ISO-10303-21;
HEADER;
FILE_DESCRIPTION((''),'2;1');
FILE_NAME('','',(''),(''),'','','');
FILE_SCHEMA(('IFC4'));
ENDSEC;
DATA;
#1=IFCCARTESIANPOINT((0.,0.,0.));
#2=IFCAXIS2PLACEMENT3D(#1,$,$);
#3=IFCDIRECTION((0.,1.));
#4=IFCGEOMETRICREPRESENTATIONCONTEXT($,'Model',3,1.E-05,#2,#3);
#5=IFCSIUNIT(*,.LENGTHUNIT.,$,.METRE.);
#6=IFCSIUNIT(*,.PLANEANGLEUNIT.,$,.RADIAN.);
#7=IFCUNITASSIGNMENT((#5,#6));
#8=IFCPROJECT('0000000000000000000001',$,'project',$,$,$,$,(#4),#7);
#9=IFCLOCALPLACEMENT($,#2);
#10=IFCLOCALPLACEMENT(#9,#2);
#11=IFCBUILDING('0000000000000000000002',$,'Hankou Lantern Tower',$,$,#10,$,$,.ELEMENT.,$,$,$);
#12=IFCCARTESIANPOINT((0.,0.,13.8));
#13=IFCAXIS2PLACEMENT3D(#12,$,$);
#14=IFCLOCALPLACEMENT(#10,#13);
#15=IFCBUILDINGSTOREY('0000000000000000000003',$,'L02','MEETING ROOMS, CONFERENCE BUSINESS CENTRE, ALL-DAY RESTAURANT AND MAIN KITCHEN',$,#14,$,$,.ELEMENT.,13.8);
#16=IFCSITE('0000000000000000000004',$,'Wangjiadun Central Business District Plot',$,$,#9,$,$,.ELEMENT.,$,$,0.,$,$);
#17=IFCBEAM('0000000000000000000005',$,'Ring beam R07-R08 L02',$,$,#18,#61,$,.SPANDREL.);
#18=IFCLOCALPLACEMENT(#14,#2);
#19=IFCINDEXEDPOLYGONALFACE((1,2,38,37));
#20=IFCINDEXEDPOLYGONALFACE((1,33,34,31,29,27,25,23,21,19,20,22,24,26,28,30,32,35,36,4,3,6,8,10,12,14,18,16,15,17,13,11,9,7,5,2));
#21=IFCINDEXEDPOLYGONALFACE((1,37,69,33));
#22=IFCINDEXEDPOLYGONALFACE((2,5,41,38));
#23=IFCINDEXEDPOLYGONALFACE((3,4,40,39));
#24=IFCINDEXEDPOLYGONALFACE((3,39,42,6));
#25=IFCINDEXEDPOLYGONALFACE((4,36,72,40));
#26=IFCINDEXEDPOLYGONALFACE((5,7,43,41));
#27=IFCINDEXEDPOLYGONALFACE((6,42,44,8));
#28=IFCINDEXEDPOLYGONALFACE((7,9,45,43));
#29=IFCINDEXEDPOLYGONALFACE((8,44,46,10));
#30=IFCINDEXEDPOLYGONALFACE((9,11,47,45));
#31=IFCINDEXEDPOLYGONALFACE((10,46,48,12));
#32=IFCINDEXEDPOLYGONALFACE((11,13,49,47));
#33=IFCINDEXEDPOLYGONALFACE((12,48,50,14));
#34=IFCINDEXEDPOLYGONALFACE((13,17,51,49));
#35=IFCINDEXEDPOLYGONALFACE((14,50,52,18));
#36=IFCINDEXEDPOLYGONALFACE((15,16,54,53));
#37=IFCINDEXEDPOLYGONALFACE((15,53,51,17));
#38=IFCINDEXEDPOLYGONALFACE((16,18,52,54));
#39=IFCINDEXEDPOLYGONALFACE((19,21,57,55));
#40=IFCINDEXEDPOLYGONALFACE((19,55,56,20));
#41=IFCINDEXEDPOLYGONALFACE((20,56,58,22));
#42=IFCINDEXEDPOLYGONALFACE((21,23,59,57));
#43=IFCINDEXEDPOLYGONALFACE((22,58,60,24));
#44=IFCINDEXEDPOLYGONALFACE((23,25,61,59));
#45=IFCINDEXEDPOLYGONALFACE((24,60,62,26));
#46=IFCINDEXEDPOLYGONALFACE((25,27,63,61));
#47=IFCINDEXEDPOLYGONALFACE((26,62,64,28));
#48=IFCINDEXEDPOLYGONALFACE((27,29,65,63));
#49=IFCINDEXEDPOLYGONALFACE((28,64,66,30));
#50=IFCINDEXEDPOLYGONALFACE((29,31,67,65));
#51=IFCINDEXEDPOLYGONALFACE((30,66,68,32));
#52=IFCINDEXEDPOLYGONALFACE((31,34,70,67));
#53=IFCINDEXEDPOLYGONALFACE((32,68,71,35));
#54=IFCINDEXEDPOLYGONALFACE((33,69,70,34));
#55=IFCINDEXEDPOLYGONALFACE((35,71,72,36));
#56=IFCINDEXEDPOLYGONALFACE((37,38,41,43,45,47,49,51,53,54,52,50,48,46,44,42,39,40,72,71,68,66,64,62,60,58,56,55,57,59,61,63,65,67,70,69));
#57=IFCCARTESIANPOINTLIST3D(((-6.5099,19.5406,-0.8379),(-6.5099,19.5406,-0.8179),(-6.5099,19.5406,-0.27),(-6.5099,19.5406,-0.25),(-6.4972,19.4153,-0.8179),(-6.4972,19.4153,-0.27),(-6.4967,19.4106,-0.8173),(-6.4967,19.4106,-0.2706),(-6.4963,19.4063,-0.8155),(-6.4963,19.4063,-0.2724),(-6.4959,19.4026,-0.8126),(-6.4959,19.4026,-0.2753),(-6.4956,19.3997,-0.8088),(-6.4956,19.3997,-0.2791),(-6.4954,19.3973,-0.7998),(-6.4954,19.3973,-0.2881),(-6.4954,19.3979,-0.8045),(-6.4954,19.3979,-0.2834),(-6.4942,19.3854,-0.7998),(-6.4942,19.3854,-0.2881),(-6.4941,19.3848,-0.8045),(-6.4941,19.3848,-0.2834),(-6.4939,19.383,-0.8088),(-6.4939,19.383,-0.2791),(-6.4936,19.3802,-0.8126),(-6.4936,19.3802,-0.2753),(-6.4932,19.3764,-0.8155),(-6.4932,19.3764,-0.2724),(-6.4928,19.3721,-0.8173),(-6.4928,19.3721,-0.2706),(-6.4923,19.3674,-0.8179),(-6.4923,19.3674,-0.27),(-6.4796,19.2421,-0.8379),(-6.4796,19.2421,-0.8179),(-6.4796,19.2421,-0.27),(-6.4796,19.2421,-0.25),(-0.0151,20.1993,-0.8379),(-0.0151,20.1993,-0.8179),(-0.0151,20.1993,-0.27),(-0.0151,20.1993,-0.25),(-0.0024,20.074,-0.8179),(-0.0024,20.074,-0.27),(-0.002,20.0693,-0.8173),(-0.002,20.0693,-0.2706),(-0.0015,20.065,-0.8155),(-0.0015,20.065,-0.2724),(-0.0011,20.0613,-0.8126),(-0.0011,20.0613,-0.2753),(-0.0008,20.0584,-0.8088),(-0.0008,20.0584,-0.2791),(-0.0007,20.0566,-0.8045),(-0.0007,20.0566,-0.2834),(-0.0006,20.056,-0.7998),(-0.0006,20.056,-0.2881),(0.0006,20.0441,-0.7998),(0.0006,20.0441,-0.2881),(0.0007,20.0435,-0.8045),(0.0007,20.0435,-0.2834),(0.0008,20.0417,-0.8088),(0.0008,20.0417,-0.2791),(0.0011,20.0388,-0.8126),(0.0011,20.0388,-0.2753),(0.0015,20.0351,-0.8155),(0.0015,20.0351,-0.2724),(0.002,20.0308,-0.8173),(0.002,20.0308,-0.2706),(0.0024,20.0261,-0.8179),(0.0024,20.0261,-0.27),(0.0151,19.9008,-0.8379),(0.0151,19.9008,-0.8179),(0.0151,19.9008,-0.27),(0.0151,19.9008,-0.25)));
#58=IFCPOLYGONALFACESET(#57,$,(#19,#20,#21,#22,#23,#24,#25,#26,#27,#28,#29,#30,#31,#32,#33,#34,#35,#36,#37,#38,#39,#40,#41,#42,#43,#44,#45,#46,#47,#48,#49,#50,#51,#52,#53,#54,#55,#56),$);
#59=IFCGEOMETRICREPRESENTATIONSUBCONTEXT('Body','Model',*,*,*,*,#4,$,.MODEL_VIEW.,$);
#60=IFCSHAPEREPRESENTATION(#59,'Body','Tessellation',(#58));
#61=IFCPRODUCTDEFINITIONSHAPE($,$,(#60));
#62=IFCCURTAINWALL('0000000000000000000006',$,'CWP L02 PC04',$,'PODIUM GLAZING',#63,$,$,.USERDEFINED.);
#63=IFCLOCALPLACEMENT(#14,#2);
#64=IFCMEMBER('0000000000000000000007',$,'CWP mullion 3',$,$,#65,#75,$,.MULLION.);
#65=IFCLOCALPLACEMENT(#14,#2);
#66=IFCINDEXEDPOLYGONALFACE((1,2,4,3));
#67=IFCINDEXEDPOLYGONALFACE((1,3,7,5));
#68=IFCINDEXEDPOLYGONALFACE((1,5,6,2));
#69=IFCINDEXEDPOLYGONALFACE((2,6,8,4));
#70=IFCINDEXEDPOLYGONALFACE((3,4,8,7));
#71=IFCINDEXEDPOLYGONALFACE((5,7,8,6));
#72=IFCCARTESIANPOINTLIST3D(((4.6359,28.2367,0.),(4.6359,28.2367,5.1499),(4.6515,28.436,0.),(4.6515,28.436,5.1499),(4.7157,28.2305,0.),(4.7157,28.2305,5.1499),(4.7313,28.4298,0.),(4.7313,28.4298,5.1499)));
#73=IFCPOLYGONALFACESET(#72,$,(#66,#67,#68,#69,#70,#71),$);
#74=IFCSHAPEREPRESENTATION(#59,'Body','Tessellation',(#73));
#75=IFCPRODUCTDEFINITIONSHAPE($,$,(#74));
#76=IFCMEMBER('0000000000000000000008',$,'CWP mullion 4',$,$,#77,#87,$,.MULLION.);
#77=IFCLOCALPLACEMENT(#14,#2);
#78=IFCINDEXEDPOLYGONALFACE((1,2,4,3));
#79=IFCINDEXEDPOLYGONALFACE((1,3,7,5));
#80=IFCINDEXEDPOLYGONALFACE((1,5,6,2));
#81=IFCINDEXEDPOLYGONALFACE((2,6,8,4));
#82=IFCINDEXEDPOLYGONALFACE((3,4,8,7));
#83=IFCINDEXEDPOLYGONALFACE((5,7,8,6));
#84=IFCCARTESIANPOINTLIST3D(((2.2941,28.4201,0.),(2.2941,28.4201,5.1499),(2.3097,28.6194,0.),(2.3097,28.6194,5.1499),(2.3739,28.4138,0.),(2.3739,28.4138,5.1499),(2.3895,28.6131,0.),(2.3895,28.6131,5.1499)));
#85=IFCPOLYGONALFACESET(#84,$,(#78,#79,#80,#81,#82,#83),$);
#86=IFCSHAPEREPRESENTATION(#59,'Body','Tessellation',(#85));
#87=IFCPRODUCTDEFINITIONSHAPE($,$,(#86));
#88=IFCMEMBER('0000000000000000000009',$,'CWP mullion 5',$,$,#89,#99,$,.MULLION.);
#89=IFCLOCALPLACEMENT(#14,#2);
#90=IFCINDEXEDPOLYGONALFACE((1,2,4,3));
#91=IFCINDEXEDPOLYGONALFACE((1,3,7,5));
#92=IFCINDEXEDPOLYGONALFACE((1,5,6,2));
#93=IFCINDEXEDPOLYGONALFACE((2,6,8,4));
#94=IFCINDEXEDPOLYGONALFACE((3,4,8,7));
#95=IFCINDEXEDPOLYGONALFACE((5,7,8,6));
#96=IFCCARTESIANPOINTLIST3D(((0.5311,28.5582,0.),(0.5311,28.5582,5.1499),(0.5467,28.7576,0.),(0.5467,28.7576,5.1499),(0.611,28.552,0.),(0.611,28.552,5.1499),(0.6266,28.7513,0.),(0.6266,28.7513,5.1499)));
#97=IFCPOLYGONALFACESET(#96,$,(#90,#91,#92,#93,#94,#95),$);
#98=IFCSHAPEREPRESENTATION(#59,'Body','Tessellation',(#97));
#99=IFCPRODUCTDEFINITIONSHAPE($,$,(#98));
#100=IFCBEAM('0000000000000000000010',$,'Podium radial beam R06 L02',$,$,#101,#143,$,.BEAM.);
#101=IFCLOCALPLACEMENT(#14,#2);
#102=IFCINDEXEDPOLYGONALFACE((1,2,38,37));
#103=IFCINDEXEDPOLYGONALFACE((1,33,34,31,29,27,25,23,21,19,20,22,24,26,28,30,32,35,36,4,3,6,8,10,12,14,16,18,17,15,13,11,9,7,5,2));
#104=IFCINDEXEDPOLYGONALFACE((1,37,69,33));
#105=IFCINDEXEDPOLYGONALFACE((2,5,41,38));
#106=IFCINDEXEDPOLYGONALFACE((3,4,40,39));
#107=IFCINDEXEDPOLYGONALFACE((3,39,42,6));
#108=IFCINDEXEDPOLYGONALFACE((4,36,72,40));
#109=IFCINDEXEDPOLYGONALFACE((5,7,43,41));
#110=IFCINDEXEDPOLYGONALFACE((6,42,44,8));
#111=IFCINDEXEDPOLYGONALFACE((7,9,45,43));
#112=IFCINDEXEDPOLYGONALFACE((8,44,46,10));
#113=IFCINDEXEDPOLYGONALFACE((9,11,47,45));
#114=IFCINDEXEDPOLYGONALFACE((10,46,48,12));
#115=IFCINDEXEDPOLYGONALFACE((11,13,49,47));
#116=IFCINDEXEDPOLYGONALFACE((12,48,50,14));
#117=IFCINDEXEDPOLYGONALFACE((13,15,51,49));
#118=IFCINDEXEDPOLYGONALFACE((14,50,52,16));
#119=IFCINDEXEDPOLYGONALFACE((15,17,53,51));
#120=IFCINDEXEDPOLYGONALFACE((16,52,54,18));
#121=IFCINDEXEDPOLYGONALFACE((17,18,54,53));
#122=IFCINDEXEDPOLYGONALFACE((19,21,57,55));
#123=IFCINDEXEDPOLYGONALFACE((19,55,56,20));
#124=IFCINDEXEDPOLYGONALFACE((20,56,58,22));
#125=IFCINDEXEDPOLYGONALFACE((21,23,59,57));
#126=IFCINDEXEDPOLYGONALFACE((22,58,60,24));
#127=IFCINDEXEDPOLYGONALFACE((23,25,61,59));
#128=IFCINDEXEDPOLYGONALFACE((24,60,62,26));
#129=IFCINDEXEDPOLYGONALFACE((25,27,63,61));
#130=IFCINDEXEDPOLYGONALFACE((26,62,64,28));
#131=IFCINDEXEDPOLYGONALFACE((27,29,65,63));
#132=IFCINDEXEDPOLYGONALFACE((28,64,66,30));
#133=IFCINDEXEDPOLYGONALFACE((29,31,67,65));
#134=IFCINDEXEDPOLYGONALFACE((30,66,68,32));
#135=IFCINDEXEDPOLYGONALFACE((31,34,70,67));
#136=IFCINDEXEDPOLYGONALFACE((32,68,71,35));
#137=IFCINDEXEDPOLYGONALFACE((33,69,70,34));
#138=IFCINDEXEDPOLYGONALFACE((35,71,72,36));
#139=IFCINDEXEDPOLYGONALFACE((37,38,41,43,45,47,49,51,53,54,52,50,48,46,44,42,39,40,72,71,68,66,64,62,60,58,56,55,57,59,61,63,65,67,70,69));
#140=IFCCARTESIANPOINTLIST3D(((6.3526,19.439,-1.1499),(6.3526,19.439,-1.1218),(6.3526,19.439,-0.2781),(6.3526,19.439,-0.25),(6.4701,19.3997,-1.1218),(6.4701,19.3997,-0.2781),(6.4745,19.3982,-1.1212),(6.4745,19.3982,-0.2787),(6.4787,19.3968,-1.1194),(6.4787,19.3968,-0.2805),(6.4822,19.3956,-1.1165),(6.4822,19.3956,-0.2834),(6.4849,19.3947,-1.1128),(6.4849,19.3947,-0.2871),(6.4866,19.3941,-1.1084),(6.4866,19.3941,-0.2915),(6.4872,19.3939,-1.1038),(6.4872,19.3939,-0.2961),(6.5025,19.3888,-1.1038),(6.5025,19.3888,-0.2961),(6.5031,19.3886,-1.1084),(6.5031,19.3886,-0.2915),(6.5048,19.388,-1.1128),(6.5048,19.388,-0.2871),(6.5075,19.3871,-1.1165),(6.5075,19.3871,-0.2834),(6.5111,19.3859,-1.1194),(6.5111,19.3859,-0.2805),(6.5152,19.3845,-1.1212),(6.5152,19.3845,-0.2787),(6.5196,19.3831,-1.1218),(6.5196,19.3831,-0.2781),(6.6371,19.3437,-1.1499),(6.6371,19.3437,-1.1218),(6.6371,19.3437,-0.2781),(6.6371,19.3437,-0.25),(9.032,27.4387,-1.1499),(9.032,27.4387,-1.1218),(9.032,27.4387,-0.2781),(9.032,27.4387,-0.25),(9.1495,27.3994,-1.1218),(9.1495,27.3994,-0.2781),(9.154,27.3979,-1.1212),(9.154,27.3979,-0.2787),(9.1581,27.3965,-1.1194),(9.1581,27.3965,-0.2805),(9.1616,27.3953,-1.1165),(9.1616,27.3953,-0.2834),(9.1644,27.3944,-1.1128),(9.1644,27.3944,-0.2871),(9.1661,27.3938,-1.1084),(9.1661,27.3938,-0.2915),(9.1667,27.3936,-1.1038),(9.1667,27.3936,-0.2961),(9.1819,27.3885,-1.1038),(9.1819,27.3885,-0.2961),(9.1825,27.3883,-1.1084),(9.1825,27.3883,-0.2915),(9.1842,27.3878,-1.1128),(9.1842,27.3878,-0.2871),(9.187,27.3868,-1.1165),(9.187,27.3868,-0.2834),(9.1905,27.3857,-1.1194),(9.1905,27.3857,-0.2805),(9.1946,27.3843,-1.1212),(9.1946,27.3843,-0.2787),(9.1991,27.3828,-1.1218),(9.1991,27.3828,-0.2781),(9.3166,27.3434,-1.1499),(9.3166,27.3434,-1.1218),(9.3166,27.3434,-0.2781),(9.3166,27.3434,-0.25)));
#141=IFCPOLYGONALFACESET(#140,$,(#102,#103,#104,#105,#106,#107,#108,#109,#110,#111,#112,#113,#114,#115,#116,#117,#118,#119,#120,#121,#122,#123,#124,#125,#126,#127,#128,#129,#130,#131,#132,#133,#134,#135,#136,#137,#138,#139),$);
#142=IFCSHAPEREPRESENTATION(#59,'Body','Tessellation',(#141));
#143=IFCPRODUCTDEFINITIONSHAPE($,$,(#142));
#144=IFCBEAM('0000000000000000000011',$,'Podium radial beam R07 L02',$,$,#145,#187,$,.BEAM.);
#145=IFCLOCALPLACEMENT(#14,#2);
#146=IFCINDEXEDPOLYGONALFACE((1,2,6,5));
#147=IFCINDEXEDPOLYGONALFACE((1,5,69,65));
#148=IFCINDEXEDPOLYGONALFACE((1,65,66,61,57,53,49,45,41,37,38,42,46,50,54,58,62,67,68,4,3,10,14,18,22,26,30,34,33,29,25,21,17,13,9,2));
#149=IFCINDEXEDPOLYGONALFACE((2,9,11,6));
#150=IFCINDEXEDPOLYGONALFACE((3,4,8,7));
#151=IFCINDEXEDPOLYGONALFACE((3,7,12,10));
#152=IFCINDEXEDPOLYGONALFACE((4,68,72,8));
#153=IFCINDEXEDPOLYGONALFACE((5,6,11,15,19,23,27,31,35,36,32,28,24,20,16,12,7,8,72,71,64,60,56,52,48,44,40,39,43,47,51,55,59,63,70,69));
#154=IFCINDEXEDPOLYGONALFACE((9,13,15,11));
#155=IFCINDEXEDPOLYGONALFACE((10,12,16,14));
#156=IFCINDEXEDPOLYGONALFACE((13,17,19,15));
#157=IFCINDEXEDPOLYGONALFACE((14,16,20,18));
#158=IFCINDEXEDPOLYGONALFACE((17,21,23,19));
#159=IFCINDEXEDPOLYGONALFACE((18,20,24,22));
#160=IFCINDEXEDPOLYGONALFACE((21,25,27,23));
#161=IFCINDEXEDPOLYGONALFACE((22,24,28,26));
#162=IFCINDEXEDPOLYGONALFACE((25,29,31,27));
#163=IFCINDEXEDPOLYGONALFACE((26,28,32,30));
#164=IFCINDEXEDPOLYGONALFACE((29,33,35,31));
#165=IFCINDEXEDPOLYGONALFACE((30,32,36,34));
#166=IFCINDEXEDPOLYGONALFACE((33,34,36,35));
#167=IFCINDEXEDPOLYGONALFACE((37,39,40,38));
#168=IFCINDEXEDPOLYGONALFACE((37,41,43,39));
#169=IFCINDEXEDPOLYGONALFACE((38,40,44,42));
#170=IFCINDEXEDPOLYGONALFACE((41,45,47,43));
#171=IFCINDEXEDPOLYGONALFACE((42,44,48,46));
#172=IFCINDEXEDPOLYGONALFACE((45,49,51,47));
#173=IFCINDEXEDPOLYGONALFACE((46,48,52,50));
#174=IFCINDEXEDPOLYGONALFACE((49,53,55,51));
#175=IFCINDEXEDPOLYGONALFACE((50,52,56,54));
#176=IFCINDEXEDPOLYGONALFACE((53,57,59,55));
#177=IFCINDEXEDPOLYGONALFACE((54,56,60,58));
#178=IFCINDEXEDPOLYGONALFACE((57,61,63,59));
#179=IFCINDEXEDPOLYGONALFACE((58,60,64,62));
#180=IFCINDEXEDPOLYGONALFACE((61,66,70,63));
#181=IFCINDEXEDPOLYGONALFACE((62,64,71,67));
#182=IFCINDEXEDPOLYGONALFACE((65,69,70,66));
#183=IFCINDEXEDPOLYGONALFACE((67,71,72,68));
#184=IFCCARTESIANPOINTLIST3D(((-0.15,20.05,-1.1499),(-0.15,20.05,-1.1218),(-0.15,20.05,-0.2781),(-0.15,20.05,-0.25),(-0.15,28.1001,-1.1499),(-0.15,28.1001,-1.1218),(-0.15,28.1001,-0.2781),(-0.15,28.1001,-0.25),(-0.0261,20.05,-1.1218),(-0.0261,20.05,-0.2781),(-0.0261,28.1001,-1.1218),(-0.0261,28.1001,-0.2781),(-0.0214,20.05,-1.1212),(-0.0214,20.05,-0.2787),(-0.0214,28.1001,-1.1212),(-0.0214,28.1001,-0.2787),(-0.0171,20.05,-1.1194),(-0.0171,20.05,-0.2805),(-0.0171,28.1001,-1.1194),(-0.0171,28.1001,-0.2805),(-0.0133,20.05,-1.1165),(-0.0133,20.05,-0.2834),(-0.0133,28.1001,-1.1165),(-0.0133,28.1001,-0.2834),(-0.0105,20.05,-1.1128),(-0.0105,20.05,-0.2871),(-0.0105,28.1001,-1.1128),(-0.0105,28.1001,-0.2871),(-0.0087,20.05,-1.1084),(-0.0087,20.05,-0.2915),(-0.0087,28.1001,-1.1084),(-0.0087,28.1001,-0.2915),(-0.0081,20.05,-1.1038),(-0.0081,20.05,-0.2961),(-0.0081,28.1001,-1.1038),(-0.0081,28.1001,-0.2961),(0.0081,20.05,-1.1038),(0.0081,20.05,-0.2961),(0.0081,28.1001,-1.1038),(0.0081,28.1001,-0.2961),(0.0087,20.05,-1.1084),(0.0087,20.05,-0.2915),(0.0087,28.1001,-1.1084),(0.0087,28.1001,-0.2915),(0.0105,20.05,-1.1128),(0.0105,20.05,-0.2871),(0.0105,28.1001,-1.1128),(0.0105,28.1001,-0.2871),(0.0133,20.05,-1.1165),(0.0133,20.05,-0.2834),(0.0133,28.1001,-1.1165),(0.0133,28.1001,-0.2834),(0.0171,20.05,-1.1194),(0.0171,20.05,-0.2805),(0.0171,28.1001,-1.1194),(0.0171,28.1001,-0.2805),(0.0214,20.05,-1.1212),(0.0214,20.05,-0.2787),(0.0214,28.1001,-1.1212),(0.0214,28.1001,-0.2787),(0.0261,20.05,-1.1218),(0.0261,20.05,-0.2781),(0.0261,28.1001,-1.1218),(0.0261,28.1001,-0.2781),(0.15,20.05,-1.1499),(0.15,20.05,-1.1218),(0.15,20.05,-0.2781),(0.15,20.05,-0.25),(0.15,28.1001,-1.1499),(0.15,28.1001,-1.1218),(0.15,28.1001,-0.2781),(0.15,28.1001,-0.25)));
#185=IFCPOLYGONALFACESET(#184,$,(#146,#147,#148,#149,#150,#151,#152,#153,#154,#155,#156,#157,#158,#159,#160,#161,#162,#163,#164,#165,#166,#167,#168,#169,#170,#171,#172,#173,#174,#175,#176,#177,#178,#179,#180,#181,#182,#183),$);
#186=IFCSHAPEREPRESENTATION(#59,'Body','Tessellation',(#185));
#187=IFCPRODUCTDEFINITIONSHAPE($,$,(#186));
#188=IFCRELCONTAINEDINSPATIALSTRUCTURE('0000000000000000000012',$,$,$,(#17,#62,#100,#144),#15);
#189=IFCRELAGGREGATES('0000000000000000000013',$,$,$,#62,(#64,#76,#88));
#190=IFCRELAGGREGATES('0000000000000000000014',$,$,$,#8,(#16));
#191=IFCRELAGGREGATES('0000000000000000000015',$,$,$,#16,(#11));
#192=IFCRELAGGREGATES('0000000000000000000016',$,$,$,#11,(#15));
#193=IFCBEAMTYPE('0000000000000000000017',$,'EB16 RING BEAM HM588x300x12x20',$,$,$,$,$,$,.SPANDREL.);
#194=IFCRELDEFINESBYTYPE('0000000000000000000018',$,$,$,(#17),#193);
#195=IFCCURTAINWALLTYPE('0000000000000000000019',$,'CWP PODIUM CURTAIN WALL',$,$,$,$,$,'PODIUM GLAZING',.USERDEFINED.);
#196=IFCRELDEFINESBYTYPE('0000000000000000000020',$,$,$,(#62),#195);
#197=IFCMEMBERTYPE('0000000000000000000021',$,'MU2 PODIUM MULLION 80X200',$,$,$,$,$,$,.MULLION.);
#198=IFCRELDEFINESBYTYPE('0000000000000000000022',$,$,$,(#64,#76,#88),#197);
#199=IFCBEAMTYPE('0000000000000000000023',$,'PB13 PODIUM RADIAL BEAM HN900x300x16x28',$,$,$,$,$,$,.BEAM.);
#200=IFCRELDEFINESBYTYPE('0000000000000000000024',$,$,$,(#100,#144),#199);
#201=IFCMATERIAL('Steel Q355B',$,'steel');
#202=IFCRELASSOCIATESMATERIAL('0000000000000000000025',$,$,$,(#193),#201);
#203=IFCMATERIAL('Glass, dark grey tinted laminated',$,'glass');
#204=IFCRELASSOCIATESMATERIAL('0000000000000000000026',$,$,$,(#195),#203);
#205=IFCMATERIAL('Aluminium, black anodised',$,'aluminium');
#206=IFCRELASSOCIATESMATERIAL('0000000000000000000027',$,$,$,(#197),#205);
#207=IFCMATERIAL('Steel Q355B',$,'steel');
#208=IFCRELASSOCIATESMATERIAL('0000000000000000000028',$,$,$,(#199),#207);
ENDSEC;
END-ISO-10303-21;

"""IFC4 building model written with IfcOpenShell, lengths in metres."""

from ifc_helpers import new_model, si_unit, direction, frame, origin, origin_2d, place, context, subcontext, project, spatial, rectangle, i_section, extrude, material, material_profile, profile_set, type_object, element, aggregate, save


model = new_model("IFC4")

# Units and contexts
model_context = context("Model", 3, precision=1e-05, world=origin(), true_north=direction((0.0, 1.0)))
body_context = subcontext(model_context, "Body", "Model", "MODEL_VIEW")
ifc_project = project(units=[si_unit("LENGTHUNIT", "METRE"), si_unit("PLANEANGLEUNIT", "RADIAN")], contexts=[model_context])

# Site, building, storey
site_placement = place(None, origin())
site = spatial("IfcSite", under=ifc_project, at=site_placement, Name="Wangjiadun Central Business District Plot", CompositionType="ELEMENT", RefElevation=0.0)
building_placement = place(site_placement, origin())
building = spatial("IfcBuilding", under=site, at=building_placement, Name="Hankou Lantern Tower", CompositionType="ELEMENT")
storey_placement = place(building_placement, frame((0.0, 0.0, 13.8)))
storey = spatial("IfcBuildingStorey", under=building, at=storey_placement, Name="L02", Description="MEETING ROOMS, CONFERENCE BUSINESS CENTRE, ALL-DAY RESTAURANT AND MAIN KITCHEN", CompositionType="ELEMENT", Elevation=13.8)

# Beam
ifc_material_1 = material(Name="Steel Q355B", Category="steel")
ifc_material_profile_1 = material_profile(ifc_material_1, i_section(OverallWidth=0.3, OverallDepth=0.5879, WebThickness=0.012, FlangeThickness=0.02, FilletRadius=0.0181, at=origin_2d()), Name="HM588x300x12x20")
ifc_profile_set_1 = profile_set([ifc_material_profile_1], Name="Steel Q355B")
beam_type_1 = type_object("IfcBeamType", Name="EB16 RING BEAM HM588x300x12x20", PredefinedType="SPANDREL", material=ifc_profile_set_1)
for number, where, z_axis, x_axis, name in (
    (1, (0.0, 20.05, -0.5439), (-0.994897, -0.1009, 0.0), (0.1009, -0.994897, 0.0), "Ring beam R07-R08 L02"),
):
    element("IfcBeam", number, at=place(storey_placement, frame(where, z_axis=z_axis, x_axis=x_axis)), inside=storey, type_object=beam_type_1, Name=name, PredefinedType="SPANDREL", context=body_context, shape_type="SweptSolid", body=[
        extrude(i_section(OverallWidth=0.3, OverallDepth=0.5879, WebThickness=0.012, FlangeThickness=0.02, FilletRadius=0.0181, at=origin_2d()), origin(), (0.0, 0.0, 1.0), 6.5281),
    ])

# Curtain wall, members
ifc_material_2 = material(Name="Glass, dark grey tinted laminated", Category="glass")
curtain_wall_type = type_object("IfcCurtainWallType", Name="CWP PODIUM CURTAIN WALL", ElementType="PODIUM GLAZING", PredefinedType="USERDEFINED", material=ifc_material_2)
curtain_wall_placement = place(storey_placement, origin())
curtain_wall = element("IfcCurtainWall", 2, at=curtain_wall_placement, inside=storey, type_object=curtain_wall_type, Name="CWP L02 PC04", ObjectType="PODIUM GLAZING", PredefinedType="USERDEFINED")
ifc_material_3 = material(Name="Aluminium, black anodised", Category="aluminium")
ifc_material_profile_2 = material_profile(ifc_material_3, rectangle(XDim=0.0801, YDim=0.2, at=origin_2d()), Name="MU2 80X200")
ifc_profile_set_2 = profile_set([ifc_material_profile_2], Name="Aluminium, black anodised")
member_type_1 = type_object("IfcMemberType", Name="MU2 PODIUM MULLION 80X200", PredefinedType="MULLION", material=ifc_profile_set_2)
member_1_placement = place(storey_placement, frame((4.6836, 28.3333, 0.0), z_axis=(0.0, 0.0, 1.0), x_axis=(-0.996949, 0.078062, 0.0)))
member_1 = element("IfcMember", 3, at=member_1_placement, type_object=member_type_1, Name="CWP mullion 3", PredefinedType="MULLION", context=body_context, shape_type="SweptSolid", body=[
    extrude(rectangle(XDim=0.0801, YDim=0.2, at=origin_2d()), origin(), (0.0, 0.0, 1.0), 5.1499),
])
member_2_placement = place(storey_placement, frame((2.3418, 28.5166, 0.0), z_axis=(0.0, 0.0, 1.0), x_axis=(-0.996949, 0.078062, 0.0)))
member_2 = element("IfcMember", 4, at=member_2_placement, type_object=member_type_1, Name="CWP mullion 4", PredefinedType="MULLION", context=body_context, shape_type="SweptSolid", body=[
    extrude(rectangle(XDim=0.0801, YDim=0.2, at=origin_2d()), origin(), (0.0, 0.0, 1.0), 5.1499),
])
member_3_placement = place(storey_placement, frame((0.5789, 28.6548, 0.0), z_axis=(0.0, 0.0, 1.0), x_axis=(-0.996949, 0.078062, 0.0)))
member_3 = element("IfcMember", 5, at=member_3_placement, type_object=member_type_1, Name="CWP mullion 5", PredefinedType="MULLION", context=body_context, shape_type="SweptSolid", body=[
    extrude(rectangle(XDim=0.0801, YDim=0.2, at=origin_2d()), origin(), (0.0, 0.0, 1.0), 5.1499),
])

# Beams
ifc_material_4 = material(Name="Steel Q355B", Category="steel")
ifc_material_profile_3 = material_profile(ifc_material_4, i_section(OverallWidth=0.3, OverallDepth=0.8999, WebThickness=0.0161, FlangeThickness=0.0281, FilletRadius=0.0181, at=origin_2d()), Name="HN900x300x16x28")
ifc_profile_set_3 = profile_set([ifc_material_profile_3], Name="Steel Q355B")
beam_type_2 = type_object("IfcBeamType", Name="PB13 PODIUM RADIAL BEAM HN900x300x16x28", PredefinedType="BEAM", material=ifc_profile_set_3)
beam_1_placement = place(storey_placement, frame((6.4949, 19.3914, -0.7), z_axis=(0.317599, 0.948225, 0.0), x_axis=(-0.948225, 0.317599, 0.0)))
element("IfcBeam", 6, at=beam_1_placement, inside=storey, type_object=beam_type_2, Name="Podium radial beam R06 L02", PredefinedType="BEAM", context=body_context, shape_type="SweptSolid", body=[
    extrude(i_section(OverallWidth=0.3, OverallDepth=0.8999, WebThickness=0.0161, FlangeThickness=0.0281, FilletRadius=0.0181, at=origin_2d()), origin(), (0.0, 0.0, 1.0), 8.4365),
])
beam_2_placement = place(storey_placement, frame((0.0, 20.05, -0.7), z_axis=(0.0, 1.0, 0.0), x_axis=(-1.0, 0.0, 0.0)))
element("IfcBeam", 7, at=beam_2_placement, inside=storey, type_object=beam_type_2, Name="Podium radial beam R07 L02", PredefinedType="BEAM", context=body_context, shape_type="SweptSolid", body=[
    extrude(i_section(OverallWidth=0.3, OverallDepth=0.8999, WebThickness=0.0161, FlangeThickness=0.0281, FilletRadius=0.0181, at=origin_2d()), origin(), (0.0, 0.0, 1.0), 8.05),
])

aggregate(curtain_wall, [member_1, member_2, member_3])

save(model, "model.ifc")
